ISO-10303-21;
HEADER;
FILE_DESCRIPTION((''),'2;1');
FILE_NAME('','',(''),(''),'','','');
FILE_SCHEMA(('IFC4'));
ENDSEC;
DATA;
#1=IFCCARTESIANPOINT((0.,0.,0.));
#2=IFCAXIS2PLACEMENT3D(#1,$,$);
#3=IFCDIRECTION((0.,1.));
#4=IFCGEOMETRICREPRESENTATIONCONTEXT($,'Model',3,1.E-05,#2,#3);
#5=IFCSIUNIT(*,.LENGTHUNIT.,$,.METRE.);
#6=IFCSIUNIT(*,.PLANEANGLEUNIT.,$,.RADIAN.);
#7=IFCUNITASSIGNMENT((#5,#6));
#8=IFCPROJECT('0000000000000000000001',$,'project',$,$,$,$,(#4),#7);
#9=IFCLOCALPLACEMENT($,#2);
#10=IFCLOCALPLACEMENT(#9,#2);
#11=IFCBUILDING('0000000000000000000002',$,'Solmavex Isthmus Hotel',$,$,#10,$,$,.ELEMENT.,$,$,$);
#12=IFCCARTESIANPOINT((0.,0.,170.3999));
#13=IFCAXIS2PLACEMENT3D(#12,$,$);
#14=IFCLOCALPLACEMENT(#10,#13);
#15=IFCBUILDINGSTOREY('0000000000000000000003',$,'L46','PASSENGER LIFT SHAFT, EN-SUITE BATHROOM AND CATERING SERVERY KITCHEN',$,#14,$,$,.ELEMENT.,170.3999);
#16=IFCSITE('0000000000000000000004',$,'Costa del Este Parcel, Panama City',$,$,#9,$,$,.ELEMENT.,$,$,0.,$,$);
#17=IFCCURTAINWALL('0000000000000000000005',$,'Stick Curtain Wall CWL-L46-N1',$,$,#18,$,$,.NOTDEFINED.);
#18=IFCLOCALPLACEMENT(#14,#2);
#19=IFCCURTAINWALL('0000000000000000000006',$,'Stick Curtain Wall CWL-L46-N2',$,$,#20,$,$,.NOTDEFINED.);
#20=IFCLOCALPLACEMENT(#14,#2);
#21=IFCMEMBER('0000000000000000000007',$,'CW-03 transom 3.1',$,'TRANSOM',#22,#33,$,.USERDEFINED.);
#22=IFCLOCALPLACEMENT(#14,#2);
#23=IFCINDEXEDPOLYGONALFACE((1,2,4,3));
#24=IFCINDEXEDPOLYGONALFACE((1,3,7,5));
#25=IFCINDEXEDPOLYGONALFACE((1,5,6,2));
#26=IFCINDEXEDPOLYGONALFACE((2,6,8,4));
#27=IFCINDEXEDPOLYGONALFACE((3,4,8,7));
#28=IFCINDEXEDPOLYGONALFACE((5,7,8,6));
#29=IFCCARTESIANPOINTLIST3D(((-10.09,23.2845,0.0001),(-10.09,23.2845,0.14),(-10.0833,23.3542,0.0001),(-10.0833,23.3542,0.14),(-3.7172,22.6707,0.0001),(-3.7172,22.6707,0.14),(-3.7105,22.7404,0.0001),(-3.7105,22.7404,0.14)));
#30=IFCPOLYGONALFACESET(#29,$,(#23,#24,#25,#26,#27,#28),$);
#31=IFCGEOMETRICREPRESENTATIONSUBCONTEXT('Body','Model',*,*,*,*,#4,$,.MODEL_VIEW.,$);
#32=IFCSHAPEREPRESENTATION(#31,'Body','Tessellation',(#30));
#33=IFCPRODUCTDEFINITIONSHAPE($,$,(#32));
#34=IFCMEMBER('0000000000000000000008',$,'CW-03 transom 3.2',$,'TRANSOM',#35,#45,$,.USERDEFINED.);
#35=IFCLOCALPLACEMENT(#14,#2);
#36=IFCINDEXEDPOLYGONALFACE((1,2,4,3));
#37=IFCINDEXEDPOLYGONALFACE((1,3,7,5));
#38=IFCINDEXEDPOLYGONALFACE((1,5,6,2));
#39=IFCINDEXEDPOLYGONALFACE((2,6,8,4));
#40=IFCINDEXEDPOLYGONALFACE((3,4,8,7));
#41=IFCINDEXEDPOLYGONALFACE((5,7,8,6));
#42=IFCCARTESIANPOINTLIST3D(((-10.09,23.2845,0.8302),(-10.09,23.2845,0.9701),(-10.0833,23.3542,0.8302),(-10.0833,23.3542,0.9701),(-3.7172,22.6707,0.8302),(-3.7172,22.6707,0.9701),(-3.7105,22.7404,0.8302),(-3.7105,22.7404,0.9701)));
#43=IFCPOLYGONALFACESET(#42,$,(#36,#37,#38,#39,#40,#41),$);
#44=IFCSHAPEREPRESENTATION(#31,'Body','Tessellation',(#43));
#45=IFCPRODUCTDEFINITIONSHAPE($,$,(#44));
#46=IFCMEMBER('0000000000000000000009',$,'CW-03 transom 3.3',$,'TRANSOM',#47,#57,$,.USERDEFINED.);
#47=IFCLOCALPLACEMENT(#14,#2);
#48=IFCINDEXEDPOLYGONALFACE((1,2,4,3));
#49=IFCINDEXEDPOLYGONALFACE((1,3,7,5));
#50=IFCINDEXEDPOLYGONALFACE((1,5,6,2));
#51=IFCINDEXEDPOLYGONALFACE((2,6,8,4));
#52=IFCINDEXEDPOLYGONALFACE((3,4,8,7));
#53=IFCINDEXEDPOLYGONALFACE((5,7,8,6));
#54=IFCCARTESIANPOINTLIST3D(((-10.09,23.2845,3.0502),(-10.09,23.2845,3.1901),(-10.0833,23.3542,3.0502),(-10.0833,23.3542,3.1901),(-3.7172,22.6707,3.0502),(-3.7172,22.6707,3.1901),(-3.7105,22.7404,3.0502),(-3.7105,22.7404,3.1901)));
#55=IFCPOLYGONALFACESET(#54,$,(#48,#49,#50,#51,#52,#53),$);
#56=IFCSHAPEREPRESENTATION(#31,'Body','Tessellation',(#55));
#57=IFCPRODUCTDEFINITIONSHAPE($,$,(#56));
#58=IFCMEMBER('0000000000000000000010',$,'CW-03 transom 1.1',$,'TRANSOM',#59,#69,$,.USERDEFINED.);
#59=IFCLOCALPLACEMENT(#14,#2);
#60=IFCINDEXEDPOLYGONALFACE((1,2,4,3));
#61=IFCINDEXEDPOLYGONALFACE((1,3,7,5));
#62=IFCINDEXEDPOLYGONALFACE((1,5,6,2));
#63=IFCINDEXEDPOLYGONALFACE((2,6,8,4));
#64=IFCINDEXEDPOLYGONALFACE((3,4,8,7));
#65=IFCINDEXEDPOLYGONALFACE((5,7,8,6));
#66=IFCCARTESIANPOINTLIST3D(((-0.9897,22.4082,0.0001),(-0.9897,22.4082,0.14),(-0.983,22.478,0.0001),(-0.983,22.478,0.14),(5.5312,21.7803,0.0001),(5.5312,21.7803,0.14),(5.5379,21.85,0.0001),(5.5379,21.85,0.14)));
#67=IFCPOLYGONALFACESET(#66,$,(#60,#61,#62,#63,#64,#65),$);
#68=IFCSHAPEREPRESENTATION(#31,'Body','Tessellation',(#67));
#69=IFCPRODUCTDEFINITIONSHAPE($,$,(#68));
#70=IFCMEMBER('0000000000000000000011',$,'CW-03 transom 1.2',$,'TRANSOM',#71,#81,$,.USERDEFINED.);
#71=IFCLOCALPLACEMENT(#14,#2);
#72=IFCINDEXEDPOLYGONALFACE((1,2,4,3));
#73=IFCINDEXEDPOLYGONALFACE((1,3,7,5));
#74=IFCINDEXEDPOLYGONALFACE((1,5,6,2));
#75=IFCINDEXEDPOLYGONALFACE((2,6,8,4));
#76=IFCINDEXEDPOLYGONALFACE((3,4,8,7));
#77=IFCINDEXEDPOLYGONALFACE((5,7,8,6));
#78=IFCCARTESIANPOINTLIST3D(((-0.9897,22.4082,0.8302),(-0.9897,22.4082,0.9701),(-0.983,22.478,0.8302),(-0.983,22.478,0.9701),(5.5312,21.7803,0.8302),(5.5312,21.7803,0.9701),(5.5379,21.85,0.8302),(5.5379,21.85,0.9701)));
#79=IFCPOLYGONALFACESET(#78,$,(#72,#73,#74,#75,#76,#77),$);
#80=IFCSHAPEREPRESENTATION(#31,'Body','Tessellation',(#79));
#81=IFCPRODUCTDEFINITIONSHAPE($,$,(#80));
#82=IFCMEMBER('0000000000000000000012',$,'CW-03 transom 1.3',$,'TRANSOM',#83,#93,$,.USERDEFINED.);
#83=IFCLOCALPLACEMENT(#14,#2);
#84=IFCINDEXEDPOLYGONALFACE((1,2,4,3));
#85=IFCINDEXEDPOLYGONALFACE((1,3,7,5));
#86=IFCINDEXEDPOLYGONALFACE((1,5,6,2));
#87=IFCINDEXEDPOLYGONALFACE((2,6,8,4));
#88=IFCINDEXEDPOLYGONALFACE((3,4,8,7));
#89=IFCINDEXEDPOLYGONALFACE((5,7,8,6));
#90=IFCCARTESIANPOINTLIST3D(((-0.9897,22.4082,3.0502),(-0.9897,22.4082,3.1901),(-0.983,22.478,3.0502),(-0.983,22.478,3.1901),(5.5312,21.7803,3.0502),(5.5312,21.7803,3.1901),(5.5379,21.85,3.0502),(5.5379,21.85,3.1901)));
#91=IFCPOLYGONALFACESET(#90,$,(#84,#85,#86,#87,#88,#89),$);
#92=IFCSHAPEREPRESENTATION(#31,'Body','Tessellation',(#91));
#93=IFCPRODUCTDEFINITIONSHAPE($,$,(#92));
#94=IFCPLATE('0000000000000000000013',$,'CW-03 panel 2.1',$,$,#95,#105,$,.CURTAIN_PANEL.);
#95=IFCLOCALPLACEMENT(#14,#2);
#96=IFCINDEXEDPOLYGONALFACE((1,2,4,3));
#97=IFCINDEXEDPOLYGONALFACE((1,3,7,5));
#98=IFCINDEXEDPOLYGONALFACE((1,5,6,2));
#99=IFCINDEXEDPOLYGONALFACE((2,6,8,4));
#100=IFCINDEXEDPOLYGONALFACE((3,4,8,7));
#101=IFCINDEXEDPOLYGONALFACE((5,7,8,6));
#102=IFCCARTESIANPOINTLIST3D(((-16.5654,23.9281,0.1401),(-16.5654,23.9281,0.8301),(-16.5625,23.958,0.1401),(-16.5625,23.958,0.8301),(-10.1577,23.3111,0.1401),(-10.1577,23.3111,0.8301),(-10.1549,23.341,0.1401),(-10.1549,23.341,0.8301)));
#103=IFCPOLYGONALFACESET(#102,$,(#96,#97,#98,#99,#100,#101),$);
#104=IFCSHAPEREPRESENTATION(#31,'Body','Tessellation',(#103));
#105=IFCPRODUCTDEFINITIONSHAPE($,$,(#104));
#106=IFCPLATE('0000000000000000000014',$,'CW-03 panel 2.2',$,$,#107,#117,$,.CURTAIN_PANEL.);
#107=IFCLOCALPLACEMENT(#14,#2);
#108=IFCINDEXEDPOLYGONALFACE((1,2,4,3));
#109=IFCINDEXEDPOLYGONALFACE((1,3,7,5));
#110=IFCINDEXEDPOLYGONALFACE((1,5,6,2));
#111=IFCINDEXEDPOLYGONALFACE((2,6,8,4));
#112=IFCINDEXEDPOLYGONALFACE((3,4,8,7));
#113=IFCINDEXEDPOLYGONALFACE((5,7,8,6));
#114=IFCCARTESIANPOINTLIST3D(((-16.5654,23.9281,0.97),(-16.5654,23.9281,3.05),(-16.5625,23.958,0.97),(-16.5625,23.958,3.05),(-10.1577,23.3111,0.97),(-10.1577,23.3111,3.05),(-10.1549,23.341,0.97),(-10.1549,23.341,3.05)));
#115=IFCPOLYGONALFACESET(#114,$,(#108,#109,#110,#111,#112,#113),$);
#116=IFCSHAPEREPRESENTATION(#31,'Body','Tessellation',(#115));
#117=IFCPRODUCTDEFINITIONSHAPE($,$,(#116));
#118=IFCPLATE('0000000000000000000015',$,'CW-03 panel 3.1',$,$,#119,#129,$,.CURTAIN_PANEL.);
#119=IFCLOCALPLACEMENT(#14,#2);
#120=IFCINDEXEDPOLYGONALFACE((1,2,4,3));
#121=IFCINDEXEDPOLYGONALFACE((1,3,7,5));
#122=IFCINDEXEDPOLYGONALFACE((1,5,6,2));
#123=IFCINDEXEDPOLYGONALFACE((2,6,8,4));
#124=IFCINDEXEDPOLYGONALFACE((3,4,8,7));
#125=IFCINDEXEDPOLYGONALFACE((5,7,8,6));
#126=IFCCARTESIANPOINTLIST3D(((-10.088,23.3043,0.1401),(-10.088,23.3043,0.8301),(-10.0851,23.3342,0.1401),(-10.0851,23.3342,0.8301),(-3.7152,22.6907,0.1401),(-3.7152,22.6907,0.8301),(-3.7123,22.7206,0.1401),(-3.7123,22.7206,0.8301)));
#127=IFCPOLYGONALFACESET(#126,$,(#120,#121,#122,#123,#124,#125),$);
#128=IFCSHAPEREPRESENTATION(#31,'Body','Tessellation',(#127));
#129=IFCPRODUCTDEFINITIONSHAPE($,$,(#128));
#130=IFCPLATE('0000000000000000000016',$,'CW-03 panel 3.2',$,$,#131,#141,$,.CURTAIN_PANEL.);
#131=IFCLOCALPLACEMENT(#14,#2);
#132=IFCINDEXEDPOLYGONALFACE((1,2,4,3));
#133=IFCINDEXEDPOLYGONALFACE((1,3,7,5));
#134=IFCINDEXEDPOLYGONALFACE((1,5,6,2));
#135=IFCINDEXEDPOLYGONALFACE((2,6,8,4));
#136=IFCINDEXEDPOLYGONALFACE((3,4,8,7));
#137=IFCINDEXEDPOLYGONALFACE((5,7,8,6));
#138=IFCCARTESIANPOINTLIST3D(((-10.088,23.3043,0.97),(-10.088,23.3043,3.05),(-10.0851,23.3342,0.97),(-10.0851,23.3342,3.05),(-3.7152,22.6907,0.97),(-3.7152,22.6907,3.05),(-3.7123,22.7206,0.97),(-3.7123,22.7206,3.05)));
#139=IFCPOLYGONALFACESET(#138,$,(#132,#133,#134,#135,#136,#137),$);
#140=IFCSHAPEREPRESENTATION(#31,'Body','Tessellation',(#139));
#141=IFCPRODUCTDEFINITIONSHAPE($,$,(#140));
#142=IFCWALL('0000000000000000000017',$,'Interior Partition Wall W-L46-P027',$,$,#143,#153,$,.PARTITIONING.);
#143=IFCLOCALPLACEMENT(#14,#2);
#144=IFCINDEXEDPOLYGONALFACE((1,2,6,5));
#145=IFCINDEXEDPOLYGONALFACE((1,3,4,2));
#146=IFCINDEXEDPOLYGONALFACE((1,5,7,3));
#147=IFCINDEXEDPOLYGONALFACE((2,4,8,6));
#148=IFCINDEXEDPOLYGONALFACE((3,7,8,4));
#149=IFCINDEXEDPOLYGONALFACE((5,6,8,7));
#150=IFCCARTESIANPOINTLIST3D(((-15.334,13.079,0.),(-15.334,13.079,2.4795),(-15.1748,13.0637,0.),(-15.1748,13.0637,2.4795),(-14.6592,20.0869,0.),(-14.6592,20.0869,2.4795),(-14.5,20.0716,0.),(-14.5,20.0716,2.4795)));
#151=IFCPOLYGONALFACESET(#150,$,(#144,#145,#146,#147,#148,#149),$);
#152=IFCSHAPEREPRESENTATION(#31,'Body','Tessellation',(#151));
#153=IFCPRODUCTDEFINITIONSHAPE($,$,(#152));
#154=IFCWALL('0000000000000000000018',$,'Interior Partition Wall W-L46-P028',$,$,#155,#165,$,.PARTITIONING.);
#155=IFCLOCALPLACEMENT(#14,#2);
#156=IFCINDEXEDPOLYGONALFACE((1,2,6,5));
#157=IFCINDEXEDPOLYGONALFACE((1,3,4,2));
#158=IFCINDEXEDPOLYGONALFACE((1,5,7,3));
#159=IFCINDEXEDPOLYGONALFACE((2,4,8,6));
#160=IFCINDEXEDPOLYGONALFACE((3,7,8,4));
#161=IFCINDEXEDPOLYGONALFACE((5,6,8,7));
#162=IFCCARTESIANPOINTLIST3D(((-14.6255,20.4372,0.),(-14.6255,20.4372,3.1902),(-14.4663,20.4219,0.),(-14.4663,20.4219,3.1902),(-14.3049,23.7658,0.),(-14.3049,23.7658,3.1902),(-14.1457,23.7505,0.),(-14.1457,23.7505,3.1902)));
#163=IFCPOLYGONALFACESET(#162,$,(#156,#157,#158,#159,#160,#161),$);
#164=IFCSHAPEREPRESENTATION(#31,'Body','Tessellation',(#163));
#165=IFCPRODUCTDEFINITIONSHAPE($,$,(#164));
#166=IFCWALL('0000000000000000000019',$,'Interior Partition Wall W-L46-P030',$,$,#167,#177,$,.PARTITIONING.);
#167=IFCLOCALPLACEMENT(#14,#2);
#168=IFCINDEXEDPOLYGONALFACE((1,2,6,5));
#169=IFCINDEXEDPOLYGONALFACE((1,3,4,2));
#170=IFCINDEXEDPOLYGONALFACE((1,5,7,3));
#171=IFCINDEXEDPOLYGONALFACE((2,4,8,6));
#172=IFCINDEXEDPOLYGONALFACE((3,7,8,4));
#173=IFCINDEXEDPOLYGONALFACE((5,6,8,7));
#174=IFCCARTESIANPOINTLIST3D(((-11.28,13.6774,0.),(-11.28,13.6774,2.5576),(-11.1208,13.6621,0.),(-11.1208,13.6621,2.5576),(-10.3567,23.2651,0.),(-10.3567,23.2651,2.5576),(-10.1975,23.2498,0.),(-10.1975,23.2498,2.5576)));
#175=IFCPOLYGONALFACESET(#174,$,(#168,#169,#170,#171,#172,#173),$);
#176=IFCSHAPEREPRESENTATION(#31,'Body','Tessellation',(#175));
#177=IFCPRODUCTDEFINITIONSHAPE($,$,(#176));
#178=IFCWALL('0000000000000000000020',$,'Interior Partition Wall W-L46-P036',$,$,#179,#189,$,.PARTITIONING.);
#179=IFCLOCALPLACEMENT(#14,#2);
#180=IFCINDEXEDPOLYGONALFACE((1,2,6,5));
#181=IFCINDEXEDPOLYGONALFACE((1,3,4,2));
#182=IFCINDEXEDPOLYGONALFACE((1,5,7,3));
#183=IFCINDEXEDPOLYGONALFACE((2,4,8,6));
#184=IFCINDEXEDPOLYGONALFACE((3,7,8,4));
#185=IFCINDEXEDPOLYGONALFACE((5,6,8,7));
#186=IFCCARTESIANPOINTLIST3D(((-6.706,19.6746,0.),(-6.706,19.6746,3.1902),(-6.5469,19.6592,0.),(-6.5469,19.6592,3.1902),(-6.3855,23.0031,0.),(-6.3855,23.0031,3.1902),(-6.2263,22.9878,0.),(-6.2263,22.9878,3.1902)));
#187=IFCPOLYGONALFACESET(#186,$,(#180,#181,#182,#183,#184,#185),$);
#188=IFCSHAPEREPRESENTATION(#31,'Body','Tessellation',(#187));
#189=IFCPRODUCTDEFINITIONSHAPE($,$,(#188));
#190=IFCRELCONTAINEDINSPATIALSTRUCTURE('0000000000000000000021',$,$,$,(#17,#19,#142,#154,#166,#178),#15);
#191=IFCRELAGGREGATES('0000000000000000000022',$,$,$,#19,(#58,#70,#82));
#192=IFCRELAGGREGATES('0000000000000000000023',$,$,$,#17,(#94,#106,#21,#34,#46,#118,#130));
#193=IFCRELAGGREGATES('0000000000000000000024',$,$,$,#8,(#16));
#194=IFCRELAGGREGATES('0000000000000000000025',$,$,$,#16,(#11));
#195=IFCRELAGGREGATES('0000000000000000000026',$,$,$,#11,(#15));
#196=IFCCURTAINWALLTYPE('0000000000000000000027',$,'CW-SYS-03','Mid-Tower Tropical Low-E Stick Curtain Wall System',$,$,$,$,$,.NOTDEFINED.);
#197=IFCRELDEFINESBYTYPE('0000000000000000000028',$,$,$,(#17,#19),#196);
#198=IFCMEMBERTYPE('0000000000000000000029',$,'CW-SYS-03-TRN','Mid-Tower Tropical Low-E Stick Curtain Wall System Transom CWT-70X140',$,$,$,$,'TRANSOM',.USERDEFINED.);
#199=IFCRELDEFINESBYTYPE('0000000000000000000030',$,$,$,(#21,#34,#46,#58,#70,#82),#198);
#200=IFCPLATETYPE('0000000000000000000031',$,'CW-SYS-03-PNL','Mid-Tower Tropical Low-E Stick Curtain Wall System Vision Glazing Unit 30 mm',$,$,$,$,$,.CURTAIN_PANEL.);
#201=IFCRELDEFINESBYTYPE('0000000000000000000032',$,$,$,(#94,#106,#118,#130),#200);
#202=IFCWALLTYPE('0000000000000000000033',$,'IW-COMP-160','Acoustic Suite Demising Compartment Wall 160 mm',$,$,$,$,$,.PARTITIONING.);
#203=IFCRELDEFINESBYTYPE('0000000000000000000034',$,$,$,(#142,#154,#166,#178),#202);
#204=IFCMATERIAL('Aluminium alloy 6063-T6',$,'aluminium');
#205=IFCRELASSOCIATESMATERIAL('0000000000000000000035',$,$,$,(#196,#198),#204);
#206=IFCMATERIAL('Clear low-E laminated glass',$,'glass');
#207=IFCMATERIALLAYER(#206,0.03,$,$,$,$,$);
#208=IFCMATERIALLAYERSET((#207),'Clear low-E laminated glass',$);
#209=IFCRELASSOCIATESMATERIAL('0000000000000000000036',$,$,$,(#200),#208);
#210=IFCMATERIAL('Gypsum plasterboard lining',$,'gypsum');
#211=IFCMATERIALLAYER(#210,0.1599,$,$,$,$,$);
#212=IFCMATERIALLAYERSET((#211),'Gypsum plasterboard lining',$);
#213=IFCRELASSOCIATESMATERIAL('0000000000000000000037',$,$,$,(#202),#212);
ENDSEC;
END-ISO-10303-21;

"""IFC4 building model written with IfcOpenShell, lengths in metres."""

from ifc_helpers import new_model, si_unit, direction, frame, frame_2d, origin, origin_2d, place, context, subcontext, project, spatial, rectangle, extrude, material, layer, layer_set, material_profile, profile_set, type_object, element, aggregate, save


model = new_model("IFC4")

# Units and contexts
model_context = context("Model", 3, precision=1e-05, world=origin(), true_north=direction((0.0, 1.0)))
body_context = subcontext(model_context, "Body", "Model", "MODEL_VIEW")
ifc_project = project(units=[si_unit("LENGTHUNIT", "METRE"), si_unit("PLANEANGLEUNIT", "RADIAN")], contexts=[model_context])

# Site, building, storey
site_placement = place(None, origin())
site = spatial("IfcSite", under=ifc_project, at=site_placement, Name="Costa del Este Parcel, Panama City", CompositionType="ELEMENT", RefElevation=0.0)
building_placement = place(site_placement, origin())
building = spatial("IfcBuilding", under=site, at=building_placement, Name="Solmavex Isthmus Hotel", CompositionType="ELEMENT")
storey_placement = place(building_placement, frame((0.0, 0.0, 170.3999)))
storey = spatial("IfcBuildingStorey", under=building, at=storey_placement, Name="L46", Description="PASSENGER LIFT SHAFT, EN-SUITE BATHROOM AND CATERING SERVERY KITCHEN", CompositionType="ELEMENT", Elevation=170.3999)

# Curtain wall
ifc_material_1 = material(Name="Aluminium alloy 6063-T6", Category="aluminium")
curtain_wall_type = type_object("IfcCurtainWallType", Name="CW-SYS-03", Description="Mid-Tower Tropical Low-E Stick Curtain Wall System", PredefinedType="NOTDEFINED", material=ifc_material_1)
curtain_wall_1_placement = place(storey_placement, origin())
curtain_wall_1 = element("IfcCurtainWall", 1, at=curtain_wall_1_placement, inside=storey, type_object=curtain_wall_type, Name="Stick Curtain Wall CWL-L46-N1", PredefinedType="NOTDEFINED")

# Curtain wall
curtain_wall_2_placement = place(storey_placement, origin())
curtain_wall_2 = element("IfcCurtainWall", 2, at=curtain_wall_2_placement, inside=storey, type_object=curtain_wall_type, Name="Stick Curtain Wall CWL-L46-N2", PredefinedType="NOTDEFINED")

# Members
ifc_material_profile_1 = material_profile(ifc_material_1, rectangle(XDim=0.0701, YDim=0.1399, at=origin_2d()), Name="CWT-70X140")
ifc_profile_set_1 = profile_set([ifc_material_profile_1], Name="Aluminium alloy 6063-T6")
member_type_1 = type_object("IfcMemberType", Name="CW-SYS-03-TRN", Description="Mid-Tower Tropical Low-E Stick Curtain Wall System Transom CWT-70X140", ElementType="TRANSOM", PredefinedType="USERDEFINED", material=ifc_profile_set_1)
member_1_placement = place(storey_placement, frame((-10.0867, 23.3193, 0.0701), z_axis=(0.995394, -0.095867, 0.0), x_axis=(0.095867, 0.995394, 0.0)))
member_1 = element("IfcMember", 3, at=member_1_placement, type_object=member_type_1, Name="CW-03 transom 3.1", ObjectType="TRANSOM", PredefinedType="USERDEFINED", context=body_context, shape_type="SweptSolid", body=[
    extrude(rectangle(XDim=0.0701, YDim=0.1399, at=origin_2d()), origin(), (0.0, 0.0, 1.0), 6.4023),
])
member_2_placement = place(storey_placement, frame((-10.0867, 23.3193, 0.9001), z_axis=(0.995394, -0.095867, 0.0), x_axis=(0.095867, 0.995394, 0.0)))
member_2 = element("IfcMember", 4, at=member_2_placement, type_object=member_type_1, Name="CW-03 transom 3.2", ObjectType="TRANSOM", PredefinedType="USERDEFINED", context=body_context, shape_type="SweptSolid", body=[
    extrude(rectangle(XDim=0.0701, YDim=0.1399, at=origin_2d()), origin(), (0.0, 0.0, 1.0), 6.4023),
])
member_3_placement = place(storey_placement, frame((-10.0867, 23.3193, 3.1201), z_axis=(0.995394, -0.095867, 0.0), x_axis=(0.095867, 0.995394, 0.0)))
member_3 = element("IfcMember", 5, at=member_3_placement, type_object=member_type_1, Name="CW-03 transom 3.3", ObjectType="TRANSOM", PredefinedType="USERDEFINED", context=body_context, shape_type="SweptSolid", body=[
    extrude(rectangle(XDim=0.0701, YDim=0.1399, at=origin_2d()), origin(), (0.0, 0.0, 1.0), 6.4023),
])
member_4_placement = place(storey_placement, frame((-0.9863, 22.4431, 0.0701), z_axis=(0.995395, -0.095854, 0.0), x_axis=(0.095854, 0.995395, 0.0)))
member_4 = element("IfcMember", 6, at=member_4_placement, type_object=member_type_1, Name="CW-03 transom 1.1", ObjectType="TRANSOM", PredefinedType="USERDEFINED", context=body_context, shape_type="SweptSolid", body=[
    extrude(rectangle(XDim=0.0701, YDim=0.1399, at=origin_2d()), origin(), (0.0, 0.0, 1.0), 6.551),
])
member_5_placement = place(storey_placement, frame((-0.9863, 22.4431, 0.9001), z_axis=(0.995395, -0.095854, 0.0), x_axis=(0.095854, 0.995395, 0.0)))
member_5 = element("IfcMember", 7, at=member_5_placement, type_object=member_type_1, Name="CW-03 transom 1.2", ObjectType="TRANSOM", PredefinedType="USERDEFINED", context=body_context, shape_type="SweptSolid", body=[
    extrude(rectangle(XDim=0.0701, YDim=0.1399, at=origin_2d()), origin(), (0.0, 0.0, 1.0), 6.551),
])
member_6_placement = place(storey_placement, frame((-0.9863, 22.4431, 3.1201), z_axis=(0.995395, -0.095854, 0.0), x_axis=(0.095854, 0.995395, 0.0)))
member_6 = element("IfcMember", 8, at=member_6_placement, type_object=member_type_1, Name="CW-03 transom 1.3", ObjectType="TRANSOM", PredefinedType="USERDEFINED", context=body_context, shape_type="SweptSolid", body=[
    extrude(rectangle(XDim=0.0701, YDim=0.1399, at=origin_2d()), origin(), (0.0, 0.0, 1.0), 6.551),
])
aggregate(curtain_wall_2, [member_4, member_5, member_6])

# Plates
ifc_material_2 = material(Name="Clear low-E laminated glass", Category="glass")
ifc_layer_1 = layer(ifc_material_2, 0.03)
ifc_layer_set_1 = layer_set([ifc_layer_1], Name="Clear low-E laminated glass")
plate_type = type_object("IfcPlateType", Name="CW-SYS-03-PNL", Description="Mid-Tower Tropical Low-E Stick Curtain Wall System Vision Glazing Unit 30 mm", PredefinedType="CURTAIN_PANEL", material=ifc_layer_set_1)
plate_1_placement = place(storey_placement, frame((-13.3601, 23.6345, 0.1401), z_axis=(0.0, 0.0, 1.0), x_axis=(0.995396, -0.095846, 0.0)))
plate_1 = element("IfcPlate", 9, at=plate_1_placement, type_object=plate_type, Name="CW-03 panel 2.1", PredefinedType="CURTAIN_PANEL", context=body_context, shape_type="SweptSolid", body=[
    extrude(rectangle(XDim=6.4373, YDim=0.03, at=origin_2d()), origin(), (0.0, 0.0, 1.0), 0.6899),
])
plate_2_placement = place(storey_placement, frame((-13.3601, 23.6345, 0.97), z_axis=(0.0, 0.0, 1.0), x_axis=(0.995396, -0.095846, 0.0)))
plate_2 = element("IfcPlate", 10, at=plate_2_placement, type_object=plate_type, Name="CW-03 panel 2.2", PredefinedType="CURTAIN_PANEL", context=body_context, shape_type="SweptSolid", body=[
    extrude(rectangle(XDim=6.4373, YDim=0.03, at=origin_2d()), origin(), (0.0, 0.0, 1.0), 2.0801),
])
plate_3_placement = place(storey_placement, frame((-6.9001, 23.0125, 0.1401), z_axis=(0.0, 0.0, 1.0), x_axis=(0.995396, -0.095846, 0.0)))
plate_3 = element("IfcPlate", 11, at=plate_3_placement, type_object=plate_type, Name="CW-03 panel 3.1", PredefinedType="CURTAIN_PANEL", context=body_context, shape_type="SweptSolid", body=[
    extrude(rectangle(XDim=6.4023, YDim=0.03, at=origin_2d()), origin(), (0.0, 0.0, 1.0), 0.6899),
])
plate_4_placement = place(storey_placement, frame((-6.9001, 23.0125, 0.97), z_axis=(0.0, 0.0, 1.0), x_axis=(0.995396, -0.095846, 0.0)))
plate_4 = element("IfcPlate", 12, at=plate_4_placement, type_object=plate_type, Name="CW-03 panel 3.2", PredefinedType="CURTAIN_PANEL", context=body_context, shape_type="SweptSolid", body=[
    extrude(rectangle(XDim=6.4023, YDim=0.03, at=origin_2d()), origin(), (0.0, 0.0, 1.0), 2.0801),
])
aggregate(curtain_wall_1, [plate_1, plate_2, member_1, member_2, member_3, plate_3, plate_4])

# Walls
ifc_material_3 = material(Name="Gypsum plasterboard lining", Category="gypsum")
ifc_layer_2 = layer(ifc_material_3, 0.1599)
ifc_layer_set_2 = layer_set([ifc_layer_2], Name="Gypsum plasterboard lining")
wall_type_1 = type_object("IfcWallType", Name="IW-COMP-160", Description="Acoustic Suite Demising Compartment Wall 160 mm", PredefinedType="PARTITIONING", material=ifc_layer_set_2)
wall_1_placement = place(storey_placement, frame((-14.5796, 20.0791, 0.0), z_axis=(0.0, 0.0, 1.0), x_axis=(-0.09585, -0.995396, 0.0)))
element("IfcWall", 13, at=wall_1_placement, inside=storey, type_object=wall_type_1, Name="Interior Partition Wall W-L46-P027", PredefinedType="PARTITIONING", context=body_context, shape_type="SweptSolid", body=[
    extrude(rectangle(XDim=7.0403, YDim=0.1599, at=frame_2d((3.52, 0.0))), origin(), (0.0, 0.0, 1.0), 2.4795),
])
wall_2_placement = place(storey_placement, frame((-14.2253, 23.7581, 0.0), z_axis=(0.0, 0.0, 1.0), x_axis=(-0.09586, -0.995395, 0.0)))
element("IfcWall", 14, at=wall_2_placement, inside=storey, type_object=wall_type_1, Name="Interior Partition Wall W-L46-P028", PredefinedType="PARTITIONING", context=body_context, shape_type="SweptSolid", body=[
    extrude(rectangle(XDim=3.344, YDim=0.1599, at=frame_2d((1.6719, 0.0))), origin(), (0.0, 0.0, 1.0), 3.1902),
])
wall_3_placement = place(storey_placement, frame((-10.2771, 23.2573, 0.0), z_axis=(0.0, 0.0, 1.0), x_axis=(-0.095862, -0.995395, 0.0)))
element("IfcWall", 15, at=wall_3_placement, inside=storey, type_object=wall_type_1, Name="Interior Partition Wall W-L46-P030", PredefinedType="PARTITIONING", context=body_context, shape_type="SweptSolid", body=[
    extrude(rectangle(XDim=9.6321, YDim=0.1599, at=frame_2d((4.8159, 0.0))), origin(), (0.0, 0.0, 1.0), 2.5576),
])
wall_4_placement = place(storey_placement, frame((-6.3059, 22.9954, 0.0), z_axis=(0.0, 0.0, 1.0), x_axis=(-0.09586, -0.995395, 0.0)))
element("IfcWall", 16, at=wall_4_placement, inside=storey, type_object=wall_type_1, Name="Interior Partition Wall W-L46-P036", PredefinedType="PARTITIONING", context=body_context, shape_type="SweptSolid", body=[
    extrude(rectangle(XDim=3.344, YDim=0.1599, at=frame_2d((1.6719, 0.0))), origin(), (0.0, 0.0, 1.0), 3.1902),
])

save(model, "model.ifc")
